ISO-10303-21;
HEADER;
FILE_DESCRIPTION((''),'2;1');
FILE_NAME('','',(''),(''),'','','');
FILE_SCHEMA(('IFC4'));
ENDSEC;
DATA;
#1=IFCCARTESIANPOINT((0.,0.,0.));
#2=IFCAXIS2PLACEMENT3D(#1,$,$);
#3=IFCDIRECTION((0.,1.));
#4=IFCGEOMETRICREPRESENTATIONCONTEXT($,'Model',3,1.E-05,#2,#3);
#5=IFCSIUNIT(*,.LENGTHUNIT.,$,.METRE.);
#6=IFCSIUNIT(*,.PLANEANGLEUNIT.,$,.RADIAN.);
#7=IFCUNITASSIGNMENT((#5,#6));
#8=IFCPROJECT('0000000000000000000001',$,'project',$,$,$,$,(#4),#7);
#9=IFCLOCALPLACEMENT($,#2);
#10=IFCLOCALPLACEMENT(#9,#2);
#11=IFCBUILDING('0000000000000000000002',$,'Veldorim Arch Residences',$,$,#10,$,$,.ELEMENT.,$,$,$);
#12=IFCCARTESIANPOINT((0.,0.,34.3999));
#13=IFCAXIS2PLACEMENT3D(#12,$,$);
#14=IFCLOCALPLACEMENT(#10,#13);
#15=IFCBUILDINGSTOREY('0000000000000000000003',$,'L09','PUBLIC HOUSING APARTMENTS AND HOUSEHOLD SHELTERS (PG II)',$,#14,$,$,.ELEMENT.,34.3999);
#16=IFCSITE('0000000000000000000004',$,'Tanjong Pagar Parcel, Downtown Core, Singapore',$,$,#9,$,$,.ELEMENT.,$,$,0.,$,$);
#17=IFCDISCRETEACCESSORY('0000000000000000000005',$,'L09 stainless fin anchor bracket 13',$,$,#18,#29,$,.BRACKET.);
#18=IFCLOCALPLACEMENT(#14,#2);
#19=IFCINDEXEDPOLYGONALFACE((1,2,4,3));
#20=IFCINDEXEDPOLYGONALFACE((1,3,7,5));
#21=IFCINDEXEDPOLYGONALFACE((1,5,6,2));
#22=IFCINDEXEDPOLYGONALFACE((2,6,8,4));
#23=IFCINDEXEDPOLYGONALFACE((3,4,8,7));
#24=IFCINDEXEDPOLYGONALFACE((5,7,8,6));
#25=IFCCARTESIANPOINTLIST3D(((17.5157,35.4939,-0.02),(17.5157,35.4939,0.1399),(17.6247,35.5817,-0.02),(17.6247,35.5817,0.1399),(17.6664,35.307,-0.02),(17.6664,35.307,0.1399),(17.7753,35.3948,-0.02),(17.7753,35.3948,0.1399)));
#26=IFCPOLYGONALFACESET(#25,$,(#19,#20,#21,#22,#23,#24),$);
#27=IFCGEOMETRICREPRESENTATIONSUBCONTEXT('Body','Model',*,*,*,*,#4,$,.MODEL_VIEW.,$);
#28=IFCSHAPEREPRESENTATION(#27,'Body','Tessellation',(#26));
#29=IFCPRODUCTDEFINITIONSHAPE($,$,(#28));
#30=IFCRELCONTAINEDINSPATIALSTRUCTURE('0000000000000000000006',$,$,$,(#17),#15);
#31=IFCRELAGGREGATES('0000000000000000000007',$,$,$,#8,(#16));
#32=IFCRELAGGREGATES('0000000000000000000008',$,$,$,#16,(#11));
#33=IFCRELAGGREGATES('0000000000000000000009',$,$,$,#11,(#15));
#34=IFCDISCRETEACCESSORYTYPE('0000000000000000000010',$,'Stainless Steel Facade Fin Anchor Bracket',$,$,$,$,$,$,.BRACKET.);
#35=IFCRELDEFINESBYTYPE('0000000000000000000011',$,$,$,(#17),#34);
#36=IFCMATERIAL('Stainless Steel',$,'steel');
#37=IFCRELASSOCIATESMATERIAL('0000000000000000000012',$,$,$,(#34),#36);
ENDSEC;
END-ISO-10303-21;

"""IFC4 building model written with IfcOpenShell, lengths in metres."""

from ifc_helpers import new_model, si_unit, direction, frame, origin, origin_2d, place, context, subcontext, project, spatial, rectangle, extrude, material, type_object, element, save


model = new_model("IFC4")

# Units and contexts
model_context = context("Model", 3, precision=1e-05, world=origin(), true_north=direction((0.0, 1.0)))
body_context = subcontext(model_context, "Body", "Model", "MODEL_VIEW")
ifc_project = project(units=[si_unit("LENGTHUNIT", "METRE"), si_unit("PLANEANGLEUNIT", "RADIAN")], contexts=[model_context])

# Site, building, storey
site_placement = place(None, origin())
site = spatial("IfcSite", under=ifc_project, at=site_placement, Name="Tanjong Pagar Parcel, Downtown Core, Singapore", CompositionType="ELEMENT", RefElevation=0.0)
building_placement = place(site_placement, origin())
building = spatial("IfcBuilding", under=site, at=building_placement, Name="Veldorim Arch Residences", CompositionType="ELEMENT")
storey_placement = place(building_placement, frame((0.0, 0.0, 34.3999)))
storey = spatial("IfcBuildingStorey", under=building, at=storey_placement, Name="L09", Description="PUBLIC HOUSING APARTMENTS AND HOUSEHOLD SHELTERS (PG II)", CompositionType="ELEMENT", Elevation=34.3999)

# Discrete accessory
ifc_material_1 = material(Name="Stainless Steel", Category="steel")
discrete_accessory_type = type_object("IfcDiscreteAccessoryType", Name="Stainless Steel Facade Fin Anchor Bracket", PredefinedType="BRACKET", material=ifc_material_1)
discrete_accessory_placement = place(storey_placement, frame((17.6455, 35.4443, -0.02), z_axis=(0.0, 0.0, 1.0), x_axis=(0.778572, 0.627555, 0.0)))
element("IfcDiscreteAccessory", 1, at=discrete_accessory_placement, inside=storey, type_object=discrete_accessory_type, Name="L09 stainless fin anchor bracket 13", PredefinedType="BRACKET", context=body_context, shape_type="SweptSolid", body=[
    extrude(rectangle(XDim=0.1399, YDim=0.24, at=origin_2d()), origin(), (0.0, 0.0, 1.0), 0.1599),
])

save(model, "model.ifc")
